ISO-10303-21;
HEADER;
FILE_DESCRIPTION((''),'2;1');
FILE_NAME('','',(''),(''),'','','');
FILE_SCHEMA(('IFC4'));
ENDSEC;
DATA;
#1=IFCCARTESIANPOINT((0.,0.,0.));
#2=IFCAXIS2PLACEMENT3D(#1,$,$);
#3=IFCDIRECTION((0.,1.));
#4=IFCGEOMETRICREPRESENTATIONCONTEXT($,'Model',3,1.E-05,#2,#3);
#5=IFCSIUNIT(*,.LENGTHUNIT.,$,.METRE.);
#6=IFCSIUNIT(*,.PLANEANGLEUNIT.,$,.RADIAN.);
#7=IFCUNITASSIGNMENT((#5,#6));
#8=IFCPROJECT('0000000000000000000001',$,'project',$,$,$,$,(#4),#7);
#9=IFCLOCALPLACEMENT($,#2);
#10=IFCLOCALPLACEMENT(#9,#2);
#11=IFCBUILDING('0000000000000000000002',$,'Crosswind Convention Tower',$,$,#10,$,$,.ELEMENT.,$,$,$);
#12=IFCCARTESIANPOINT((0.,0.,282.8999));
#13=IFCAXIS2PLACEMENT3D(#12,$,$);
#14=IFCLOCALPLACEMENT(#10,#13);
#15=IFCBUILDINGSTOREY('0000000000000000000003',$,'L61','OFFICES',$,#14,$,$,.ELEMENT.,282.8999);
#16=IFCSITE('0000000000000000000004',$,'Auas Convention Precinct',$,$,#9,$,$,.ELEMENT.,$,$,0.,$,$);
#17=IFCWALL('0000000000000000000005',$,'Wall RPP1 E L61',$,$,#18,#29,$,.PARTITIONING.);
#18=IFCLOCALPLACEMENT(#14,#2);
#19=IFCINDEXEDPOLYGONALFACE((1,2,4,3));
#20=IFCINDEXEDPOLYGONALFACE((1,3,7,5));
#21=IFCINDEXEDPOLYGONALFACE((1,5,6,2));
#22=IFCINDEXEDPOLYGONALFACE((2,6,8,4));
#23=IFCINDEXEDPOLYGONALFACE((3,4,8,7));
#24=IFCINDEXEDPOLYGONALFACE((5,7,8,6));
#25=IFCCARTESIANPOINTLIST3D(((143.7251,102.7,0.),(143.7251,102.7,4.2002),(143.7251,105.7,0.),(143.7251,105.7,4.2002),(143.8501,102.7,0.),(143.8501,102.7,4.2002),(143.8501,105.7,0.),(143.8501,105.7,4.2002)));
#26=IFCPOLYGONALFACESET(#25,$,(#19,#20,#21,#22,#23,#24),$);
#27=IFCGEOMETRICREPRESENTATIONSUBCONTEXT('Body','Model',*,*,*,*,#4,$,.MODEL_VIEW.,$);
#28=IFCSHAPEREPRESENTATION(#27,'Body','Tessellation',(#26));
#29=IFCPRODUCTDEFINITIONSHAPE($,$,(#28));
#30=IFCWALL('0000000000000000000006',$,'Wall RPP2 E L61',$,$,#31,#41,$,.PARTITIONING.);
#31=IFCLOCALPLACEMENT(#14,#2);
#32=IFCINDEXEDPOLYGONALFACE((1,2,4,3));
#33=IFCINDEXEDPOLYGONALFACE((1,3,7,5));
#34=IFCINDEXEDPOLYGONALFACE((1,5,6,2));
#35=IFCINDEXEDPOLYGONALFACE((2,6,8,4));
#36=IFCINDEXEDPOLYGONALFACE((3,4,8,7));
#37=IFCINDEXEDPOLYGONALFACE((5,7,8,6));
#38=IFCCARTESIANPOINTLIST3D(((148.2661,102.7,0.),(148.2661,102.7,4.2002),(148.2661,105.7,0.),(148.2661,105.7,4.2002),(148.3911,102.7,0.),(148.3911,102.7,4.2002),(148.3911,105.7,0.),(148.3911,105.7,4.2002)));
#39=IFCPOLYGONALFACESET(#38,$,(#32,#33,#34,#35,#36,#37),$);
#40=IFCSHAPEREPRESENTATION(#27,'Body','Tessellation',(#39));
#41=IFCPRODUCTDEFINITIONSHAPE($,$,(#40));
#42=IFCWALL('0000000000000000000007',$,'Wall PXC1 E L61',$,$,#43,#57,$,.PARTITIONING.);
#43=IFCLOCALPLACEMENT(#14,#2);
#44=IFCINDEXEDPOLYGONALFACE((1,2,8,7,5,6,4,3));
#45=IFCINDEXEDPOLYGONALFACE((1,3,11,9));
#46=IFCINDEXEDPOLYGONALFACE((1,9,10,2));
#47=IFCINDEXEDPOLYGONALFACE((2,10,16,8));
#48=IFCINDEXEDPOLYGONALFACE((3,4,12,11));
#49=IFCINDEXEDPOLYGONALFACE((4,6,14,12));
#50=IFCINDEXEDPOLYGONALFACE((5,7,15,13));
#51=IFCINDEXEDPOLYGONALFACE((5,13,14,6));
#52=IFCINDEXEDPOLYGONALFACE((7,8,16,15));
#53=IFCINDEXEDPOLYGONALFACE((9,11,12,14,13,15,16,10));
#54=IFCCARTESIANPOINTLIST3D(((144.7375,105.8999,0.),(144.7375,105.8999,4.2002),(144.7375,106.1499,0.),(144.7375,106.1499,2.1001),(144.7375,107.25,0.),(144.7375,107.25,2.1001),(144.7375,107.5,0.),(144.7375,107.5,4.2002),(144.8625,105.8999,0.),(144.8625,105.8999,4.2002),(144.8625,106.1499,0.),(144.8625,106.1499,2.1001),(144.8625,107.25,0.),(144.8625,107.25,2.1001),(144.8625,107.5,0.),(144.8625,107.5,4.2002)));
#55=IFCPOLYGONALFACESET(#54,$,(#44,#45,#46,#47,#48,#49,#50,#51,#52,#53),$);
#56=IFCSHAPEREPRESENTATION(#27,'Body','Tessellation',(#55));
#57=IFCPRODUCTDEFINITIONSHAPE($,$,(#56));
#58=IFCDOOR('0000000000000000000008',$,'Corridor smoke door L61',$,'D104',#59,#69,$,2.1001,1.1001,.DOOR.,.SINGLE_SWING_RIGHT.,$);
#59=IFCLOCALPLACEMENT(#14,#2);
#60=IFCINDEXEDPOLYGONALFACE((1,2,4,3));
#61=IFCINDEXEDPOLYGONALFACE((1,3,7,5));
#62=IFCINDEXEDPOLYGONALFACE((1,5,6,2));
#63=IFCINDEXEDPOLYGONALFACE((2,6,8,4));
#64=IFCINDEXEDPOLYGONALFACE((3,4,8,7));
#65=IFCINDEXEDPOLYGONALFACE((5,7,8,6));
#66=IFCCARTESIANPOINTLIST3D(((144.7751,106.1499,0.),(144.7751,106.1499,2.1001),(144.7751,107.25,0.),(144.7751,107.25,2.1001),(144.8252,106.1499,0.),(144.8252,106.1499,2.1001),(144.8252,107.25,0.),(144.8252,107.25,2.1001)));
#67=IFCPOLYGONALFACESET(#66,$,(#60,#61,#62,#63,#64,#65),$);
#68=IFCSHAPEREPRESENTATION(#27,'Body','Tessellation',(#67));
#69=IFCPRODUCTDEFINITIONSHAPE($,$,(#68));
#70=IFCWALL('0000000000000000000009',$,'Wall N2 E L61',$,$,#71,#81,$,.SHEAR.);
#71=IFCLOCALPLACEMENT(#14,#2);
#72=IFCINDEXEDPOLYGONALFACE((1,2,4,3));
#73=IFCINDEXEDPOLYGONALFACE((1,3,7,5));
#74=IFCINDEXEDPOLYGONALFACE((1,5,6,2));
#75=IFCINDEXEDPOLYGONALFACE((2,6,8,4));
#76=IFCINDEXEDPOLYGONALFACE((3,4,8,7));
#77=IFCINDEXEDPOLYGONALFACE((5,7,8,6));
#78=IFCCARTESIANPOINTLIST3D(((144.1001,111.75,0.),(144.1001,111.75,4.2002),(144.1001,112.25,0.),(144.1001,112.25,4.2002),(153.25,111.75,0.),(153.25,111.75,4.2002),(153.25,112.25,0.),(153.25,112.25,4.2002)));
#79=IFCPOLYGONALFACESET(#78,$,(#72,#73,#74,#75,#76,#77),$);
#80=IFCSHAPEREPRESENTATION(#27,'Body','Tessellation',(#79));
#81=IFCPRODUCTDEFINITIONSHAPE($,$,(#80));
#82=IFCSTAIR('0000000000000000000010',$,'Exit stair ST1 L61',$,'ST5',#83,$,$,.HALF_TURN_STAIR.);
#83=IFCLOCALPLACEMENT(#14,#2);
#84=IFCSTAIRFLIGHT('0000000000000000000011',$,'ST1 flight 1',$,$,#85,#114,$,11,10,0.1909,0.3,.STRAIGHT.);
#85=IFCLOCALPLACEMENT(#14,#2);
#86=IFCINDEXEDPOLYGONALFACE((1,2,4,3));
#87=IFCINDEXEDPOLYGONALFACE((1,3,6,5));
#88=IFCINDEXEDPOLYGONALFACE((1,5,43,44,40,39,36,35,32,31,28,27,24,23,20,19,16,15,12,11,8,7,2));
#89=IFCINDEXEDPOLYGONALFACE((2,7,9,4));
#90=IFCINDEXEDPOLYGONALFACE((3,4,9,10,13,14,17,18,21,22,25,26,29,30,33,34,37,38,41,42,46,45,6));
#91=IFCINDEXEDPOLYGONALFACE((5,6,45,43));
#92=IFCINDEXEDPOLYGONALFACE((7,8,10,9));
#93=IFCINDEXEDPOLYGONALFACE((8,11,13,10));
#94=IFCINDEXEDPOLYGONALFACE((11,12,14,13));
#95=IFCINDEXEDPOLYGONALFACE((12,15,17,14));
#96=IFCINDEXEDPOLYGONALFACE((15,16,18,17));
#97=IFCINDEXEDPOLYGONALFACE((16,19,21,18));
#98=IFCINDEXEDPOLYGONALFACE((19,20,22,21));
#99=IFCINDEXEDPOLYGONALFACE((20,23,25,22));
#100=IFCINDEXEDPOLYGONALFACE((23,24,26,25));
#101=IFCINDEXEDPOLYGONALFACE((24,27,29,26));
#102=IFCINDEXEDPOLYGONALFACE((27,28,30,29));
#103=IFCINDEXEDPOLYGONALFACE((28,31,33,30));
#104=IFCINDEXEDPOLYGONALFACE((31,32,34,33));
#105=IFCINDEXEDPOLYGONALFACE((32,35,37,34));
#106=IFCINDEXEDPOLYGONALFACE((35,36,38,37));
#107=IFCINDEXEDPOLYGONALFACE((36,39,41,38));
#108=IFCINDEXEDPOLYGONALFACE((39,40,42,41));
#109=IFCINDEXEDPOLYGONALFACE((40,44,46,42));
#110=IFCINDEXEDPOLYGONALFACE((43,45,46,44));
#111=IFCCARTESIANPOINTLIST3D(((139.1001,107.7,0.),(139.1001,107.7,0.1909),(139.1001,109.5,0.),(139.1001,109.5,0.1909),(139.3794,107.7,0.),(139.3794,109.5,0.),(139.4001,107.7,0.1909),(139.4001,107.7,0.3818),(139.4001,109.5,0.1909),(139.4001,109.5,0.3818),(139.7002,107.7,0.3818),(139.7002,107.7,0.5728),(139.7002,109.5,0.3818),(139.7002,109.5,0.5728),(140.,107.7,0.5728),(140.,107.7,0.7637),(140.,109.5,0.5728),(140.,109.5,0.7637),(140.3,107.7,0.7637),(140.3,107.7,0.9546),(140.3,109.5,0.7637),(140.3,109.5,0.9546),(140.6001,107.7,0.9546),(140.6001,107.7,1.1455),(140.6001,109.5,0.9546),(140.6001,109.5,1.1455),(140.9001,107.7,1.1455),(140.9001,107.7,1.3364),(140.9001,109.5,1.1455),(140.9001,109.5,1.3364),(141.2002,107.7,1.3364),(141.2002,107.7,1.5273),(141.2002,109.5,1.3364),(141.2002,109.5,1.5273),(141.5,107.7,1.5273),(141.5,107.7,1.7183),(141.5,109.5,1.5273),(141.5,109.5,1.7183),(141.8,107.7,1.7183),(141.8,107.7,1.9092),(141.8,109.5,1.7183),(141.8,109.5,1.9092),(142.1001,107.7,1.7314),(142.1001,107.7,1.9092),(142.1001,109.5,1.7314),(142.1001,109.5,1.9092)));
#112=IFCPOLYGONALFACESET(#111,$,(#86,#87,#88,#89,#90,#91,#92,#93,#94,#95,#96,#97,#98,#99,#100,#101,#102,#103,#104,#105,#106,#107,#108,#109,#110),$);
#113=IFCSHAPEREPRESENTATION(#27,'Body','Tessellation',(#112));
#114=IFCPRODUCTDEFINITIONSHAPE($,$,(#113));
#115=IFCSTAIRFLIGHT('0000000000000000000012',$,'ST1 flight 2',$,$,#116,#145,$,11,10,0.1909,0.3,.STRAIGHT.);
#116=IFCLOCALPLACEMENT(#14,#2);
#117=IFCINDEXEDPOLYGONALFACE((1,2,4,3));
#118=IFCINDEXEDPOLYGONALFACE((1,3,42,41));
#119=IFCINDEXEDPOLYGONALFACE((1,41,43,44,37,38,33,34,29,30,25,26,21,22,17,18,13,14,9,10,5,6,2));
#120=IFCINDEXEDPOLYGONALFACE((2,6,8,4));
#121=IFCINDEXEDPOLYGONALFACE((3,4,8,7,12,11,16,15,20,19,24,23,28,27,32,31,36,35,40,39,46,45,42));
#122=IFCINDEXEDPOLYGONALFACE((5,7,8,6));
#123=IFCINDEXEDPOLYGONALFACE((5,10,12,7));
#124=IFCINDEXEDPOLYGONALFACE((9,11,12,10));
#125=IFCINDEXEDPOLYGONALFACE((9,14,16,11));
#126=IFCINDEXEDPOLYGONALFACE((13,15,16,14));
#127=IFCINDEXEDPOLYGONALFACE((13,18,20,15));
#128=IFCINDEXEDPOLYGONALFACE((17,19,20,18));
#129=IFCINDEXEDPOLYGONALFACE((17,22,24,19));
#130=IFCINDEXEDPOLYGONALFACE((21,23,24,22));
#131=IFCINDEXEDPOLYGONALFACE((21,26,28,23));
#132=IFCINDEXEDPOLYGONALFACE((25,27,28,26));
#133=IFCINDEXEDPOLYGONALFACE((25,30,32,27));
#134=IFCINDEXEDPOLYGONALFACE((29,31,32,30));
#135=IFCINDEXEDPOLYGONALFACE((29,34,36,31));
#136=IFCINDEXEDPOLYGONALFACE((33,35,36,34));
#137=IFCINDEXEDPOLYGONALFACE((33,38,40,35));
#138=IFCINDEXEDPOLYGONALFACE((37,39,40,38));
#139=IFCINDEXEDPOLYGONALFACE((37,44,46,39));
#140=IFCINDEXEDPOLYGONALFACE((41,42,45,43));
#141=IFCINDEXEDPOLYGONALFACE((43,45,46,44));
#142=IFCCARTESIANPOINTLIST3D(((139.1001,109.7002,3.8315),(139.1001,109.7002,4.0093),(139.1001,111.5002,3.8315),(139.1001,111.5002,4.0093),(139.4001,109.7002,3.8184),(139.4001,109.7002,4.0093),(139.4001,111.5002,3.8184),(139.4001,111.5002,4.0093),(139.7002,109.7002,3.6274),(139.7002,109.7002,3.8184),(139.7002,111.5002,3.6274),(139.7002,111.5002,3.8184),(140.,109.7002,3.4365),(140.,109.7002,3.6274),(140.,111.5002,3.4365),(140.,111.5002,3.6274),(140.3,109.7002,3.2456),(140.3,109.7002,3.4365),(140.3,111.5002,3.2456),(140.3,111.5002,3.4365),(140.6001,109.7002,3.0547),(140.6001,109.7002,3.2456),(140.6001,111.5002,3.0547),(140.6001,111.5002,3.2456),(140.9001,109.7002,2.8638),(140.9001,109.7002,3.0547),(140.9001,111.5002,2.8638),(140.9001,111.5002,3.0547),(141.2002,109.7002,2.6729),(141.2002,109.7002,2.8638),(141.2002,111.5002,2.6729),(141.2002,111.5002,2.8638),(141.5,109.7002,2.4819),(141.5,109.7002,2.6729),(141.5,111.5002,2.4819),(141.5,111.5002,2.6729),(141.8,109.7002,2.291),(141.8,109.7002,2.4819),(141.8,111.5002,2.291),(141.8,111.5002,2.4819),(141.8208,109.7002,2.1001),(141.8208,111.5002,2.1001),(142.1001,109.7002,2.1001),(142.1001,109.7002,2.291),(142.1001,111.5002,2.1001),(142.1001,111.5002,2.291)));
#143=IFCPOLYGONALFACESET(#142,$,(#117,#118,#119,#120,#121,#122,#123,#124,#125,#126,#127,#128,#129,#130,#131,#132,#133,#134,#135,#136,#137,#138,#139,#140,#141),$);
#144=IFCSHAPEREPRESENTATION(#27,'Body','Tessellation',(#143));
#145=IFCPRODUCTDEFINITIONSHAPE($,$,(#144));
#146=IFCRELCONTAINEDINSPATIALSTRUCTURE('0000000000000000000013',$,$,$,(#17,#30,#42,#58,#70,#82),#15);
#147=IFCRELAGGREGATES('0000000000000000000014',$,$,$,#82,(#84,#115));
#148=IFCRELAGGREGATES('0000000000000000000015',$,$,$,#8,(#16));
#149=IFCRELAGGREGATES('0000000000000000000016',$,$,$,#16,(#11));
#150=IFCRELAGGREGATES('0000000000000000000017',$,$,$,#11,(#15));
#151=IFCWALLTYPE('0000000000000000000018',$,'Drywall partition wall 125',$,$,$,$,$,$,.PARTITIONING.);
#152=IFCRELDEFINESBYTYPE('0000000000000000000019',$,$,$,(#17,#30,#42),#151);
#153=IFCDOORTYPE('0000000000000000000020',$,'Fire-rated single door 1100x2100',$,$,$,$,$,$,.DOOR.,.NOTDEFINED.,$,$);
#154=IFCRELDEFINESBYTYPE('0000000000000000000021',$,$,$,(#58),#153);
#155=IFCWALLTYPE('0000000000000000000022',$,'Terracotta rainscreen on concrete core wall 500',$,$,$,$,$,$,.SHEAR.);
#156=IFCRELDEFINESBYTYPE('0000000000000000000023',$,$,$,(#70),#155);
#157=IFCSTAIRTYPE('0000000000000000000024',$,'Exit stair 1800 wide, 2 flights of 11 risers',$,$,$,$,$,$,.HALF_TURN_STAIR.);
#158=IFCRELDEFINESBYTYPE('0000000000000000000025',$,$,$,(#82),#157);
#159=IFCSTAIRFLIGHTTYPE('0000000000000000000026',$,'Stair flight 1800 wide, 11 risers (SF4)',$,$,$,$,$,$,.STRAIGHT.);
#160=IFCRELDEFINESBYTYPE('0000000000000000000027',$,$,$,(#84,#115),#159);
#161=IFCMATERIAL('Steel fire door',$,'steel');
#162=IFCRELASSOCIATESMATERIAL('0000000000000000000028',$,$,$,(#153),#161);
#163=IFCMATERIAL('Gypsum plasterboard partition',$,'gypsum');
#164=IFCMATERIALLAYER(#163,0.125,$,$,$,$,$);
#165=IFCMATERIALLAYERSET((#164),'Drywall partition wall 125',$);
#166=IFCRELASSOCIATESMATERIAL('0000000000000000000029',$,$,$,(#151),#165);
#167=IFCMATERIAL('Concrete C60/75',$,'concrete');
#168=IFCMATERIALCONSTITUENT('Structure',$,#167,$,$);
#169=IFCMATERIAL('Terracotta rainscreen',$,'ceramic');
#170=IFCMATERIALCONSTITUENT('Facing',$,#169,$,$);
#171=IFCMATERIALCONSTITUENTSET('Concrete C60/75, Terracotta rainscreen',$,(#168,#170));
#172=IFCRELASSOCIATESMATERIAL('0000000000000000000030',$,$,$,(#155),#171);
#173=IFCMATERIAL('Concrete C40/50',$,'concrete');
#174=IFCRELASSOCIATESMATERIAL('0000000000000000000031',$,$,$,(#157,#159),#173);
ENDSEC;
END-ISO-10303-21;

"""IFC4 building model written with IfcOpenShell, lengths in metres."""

from ifc_helpers import new_model, si_unit, direction, frame, frame_2d, origin, place, context, subcontext, project, spatial, polyline, rectangle, outline, extrude, material, layer, layer_set, constituent, constituent_set, type_object, element, fill, aggregate, save


model = new_model("IFC4")

# Units and contexts
model_context = context("Model", 3, precision=1e-05, world=origin(), true_north=direction((0.0, 1.0)))
body_context = subcontext(model_context, "Body", "Model", "MODEL_VIEW")
ifc_project = project(units=[si_unit("LENGTHUNIT", "METRE"), si_unit("PLANEANGLEUNIT", "RADIAN")], contexts=[model_context])

# Site, building, storey
site_placement = place(None, origin())
site = spatial("IfcSite", under=ifc_project, at=site_placement, Name="Auas Convention Precinct", CompositionType="ELEMENT", RefElevation=0.0)
building_placement = place(site_placement, origin())
building = spatial("IfcBuilding", under=site, at=building_placement, Name="Crosswind Convention Tower", CompositionType="ELEMENT")
storey_placement = place(building_placement, frame((0.0, 0.0, 282.8999)))
storey = spatial("IfcBuildingStorey", under=building, at=storey_placement, Name="L61", Description="OFFICES", CompositionType="ELEMENT", Elevation=282.8999)

# Shared definitions
ifc_material_1 = material(Name="Steel fire door", Category="steel")
door_type_1 = type_object("IfcDoorType", Name="Fire-rated single door 1100x2100", OperationType="NOTDEFINED", PredefinedType="DOOR", material=ifc_material_1)

# Walls
ifc_material_2 = material(Name="Gypsum plasterboard partition", Category="gypsum")
ifc_layer_1 = layer(ifc_material_2, 0.125)
ifc_layer_set_1 = layer_set([ifc_layer_1], Name="Drywall partition wall 125")
wall_type_1 = type_object("IfcWallType", Name="Drywall partition wall 125", PredefinedType="PARTITIONING", material=ifc_layer_set_1)
for number, where, z_axis, x_axis, name in (
    (1, (143.7876, 102.7, 0.0), (0.0, 0.0, 1.0), (0.0, 1.0, 0.0), "Wall RPP1 E L61"),
    (2, (148.3286, 102.7, 0.0), (0.0, 0.0, 1.0), (0.0, 1.0, 0.0), "Wall RPP2 E L61"),
):
    element("IfcWall", number, at=place(storey_placement, frame(where, z_axis=z_axis, x_axis=x_axis)), inside=storey, type_object=wall_type_1, Name=name, PredefinedType="PARTITIONING", context=body_context, shape_type="SweptSolid", body=[
        extrude(rectangle(XDim=3.0, YDim=0.125, at=frame_2d((1.5, 0.0))), origin(), (0.0, 0.0, 1.0), 4.2002),
    ])

# Wall, opening, door
wall_1_placement = place(storey_placement, frame((144.8, 105.8999, 0.0), z_axis=(0.0, 0.0, 1.0), x_axis=(0.0, 1.0, 0.0)))
wall_1 = element("IfcWall", 3, at=wall_1_placement, inside=storey, type_object=wall_type_1, Name="Wall PXC1 E L61", PredefinedType="PARTITIONING", context=body_context, shape_type="SweptSolid", body=[
    extrude(rectangle(XDim=1.6001, YDim=0.125, at=frame_2d((0.8, 0.0))), origin(), (0.0, 0.0, 1.0), 4.2002),
])
opening_1_placement = place(wall_1_placement, frame((0.25, 0.0, 0.0)))
opening_1 = element("IfcOpeningElement", 4, at=opening_1_placement, cuts=wall_1, PredefinedType="OPENING", context=body_context, shape_type="SweptSolid", body=[
    extrude(rectangle(XDim=1.1001, YDim=2.1001, at=frame_2d((0.55, 1.05))), frame((0.0, 0.0725, 0.0), z_axis=(0.0, -1.0, 0.0), x_axis=(1.0, 0.0, 0.0)), (0.0, 0.0, 1.0), 0.145),
])
door_1_placement = place(opening_1_placement, origin())
door_1 = element("IfcDoor", 5, at=door_1_placement, inside=storey, type_object=door_type_1, Name="Corridor smoke door L61", ObjectType="D104", OperationType="SINGLE_SWING_RIGHT", OverallHeight=2.1001, OverallWidth=1.1001, PredefinedType="DOOR", context=body_context, shape_type="SweptSolid", body=[
    extrude(rectangle(XDim=1.1001, YDim=2.1001, at=frame_2d((0.55, 1.05))), frame((0.0, 0.0249, 0.0), z_axis=(0.0, -1.0, 0.0), x_axis=(1.0, 0.0, 0.0)), (0.0, 0.0, 1.0), 0.05),
])
fill(opening_1, door_1)

# Wall
ifc_material_3 = material(Name="Concrete C60/75", Category="concrete")
ifc_constituent_1 = constituent(ifc_material_3, Name="Structure")
ifc_material_4 = material(Name="Terracotta rainscreen", Category="ceramic")
ifc_constituent_2 = constituent(ifc_material_4, Name="Facing")
ifc_constituent_set = constituent_set(constituents=[ifc_constituent_1, ifc_constituent_2], Name="Concrete C60/75, Terracotta rainscreen")
wall_type_2 = type_object("IfcWallType", Name="Terracotta rainscreen on concrete core wall 500", PredefinedType="SHEAR", material=ifc_constituent_set)
wall_2_placement = place(storey_placement, frame((144.1001, 112.0, 0.0), z_axis=(0.0, 0.0, 1.0), x_axis=(1.0, 0.0, 0.0)))
element("IfcWall", 6, at=wall_2_placement, inside=storey, type_object=wall_type_2, Name="Wall N2 E L61", PredefinedType="SHEAR", context=body_context, shape_type="SweptSolid", body=[
    extrude(rectangle(XDim=9.1499, YDim=0.5, at=frame_2d((4.575, 0.0))), origin(), (0.0, 0.0, 1.0), 4.2002),
])

# Stair, stair flights
ifc_material_5 = material(Name="Concrete C40/50", Category="concrete")
stair_type = type_object("IfcStairType", Name="Exit stair 1800 wide, 2 flights of 11 risers", PredefinedType="HALF_TURN_STAIR", material=ifc_material_5)
stair_placement = place(storey_placement, origin())
stair = element("IfcStair", 7, at=stair_placement, inside=storey, type_object=stair_type, Name="Exit stair ST1 L61", ObjectType="ST5", PredefinedType="HALF_TURN_STAIR")
stair_flight_type = type_object("IfcStairFlightType", Name="Stair flight 1800 wide, 11 risers (SF4)", PredefinedType="STRAIGHT", material=ifc_material_5)
stair_flight_1_placement = place(storey_placement, frame((139.1001, 108.6001, 0.0), z_axis=(0.0, 0.0, 1.0), x_axis=(1.0, 0.0, 0.0)))
stair_flight_1 = element("IfcStairFlight", 8, at=stair_flight_1_placement, type_object=stair_flight_type, Name="ST1 flight 1", NumberOfRisers=11, NumberOfTreads=10, PredefinedType="STRAIGHT", RiserHeight=0.1909, TreadLength=0.3, context=body_context, shape_type="SweptSolid", body=[
    extrude(outline(polyline([(0.0, 0.0), (0.0, 0.1909), (0.3, 0.1909), (0.3, 0.3818), (0.6001, 0.3818), (0.6001, 0.5728), (0.8999, 0.5728), (0.8999, 0.7637), (1.2, 0.7637), (1.2, 0.9546), (1.5, 0.9546), (1.5, 1.1455), (1.8, 1.1455), (1.8, 1.3364), (2.1001, 1.3364), (2.1001, 1.5273), (2.3999, 1.5273), (2.3999, 1.7183), (2.7, 1.7183), (2.7, 1.9092), (3.0, 1.9092), (3.0, 2.1001), (3.0, 1.7314), (0.2793, 0.0), (0.0, 0.0)])), frame((0.0, 0.8999, 0.0), z_axis=(0.0, -1.0, 0.0), x_axis=(1.0, 0.0, 0.0)), (0.0, 0.0, 1.0), 1.8),
])
stair_flight_2_placement = place(storey_placement, frame((142.1001, 110.6001, 2.1001), z_axis=(0.0, 0.0, 1.0), x_axis=(-1.0, 0.0, 0.0)))
stair_flight_2 = element("IfcStairFlight", 9, at=stair_flight_2_placement, type_object=stair_flight_type, Name="ST1 flight 2", NumberOfRisers=11, NumberOfTreads=10, PredefinedType="STRAIGHT", RiserHeight=0.1909, TreadLength=0.3, context=body_context, shape_type="SweptSolid", body=[
    extrude(outline(polyline([(0.0, 0.0), (0.0, 0.1909), (0.3, 0.1909), (0.3, 0.3818), (0.6001, 0.3818), (0.6001, 0.5728), (0.8999, 0.5728), (0.8999, 0.7637), (1.2, 0.7637), (1.2, 0.9546), (1.5, 0.9546), (1.5, 1.1455), (1.8, 1.1455), (1.8, 1.3364), (2.1001, 1.3364), (2.1001, 1.5273), (2.3999, 1.5273), (2.3999, 1.7183), (2.7, 1.7183), (2.7, 1.9092), (3.0, 1.9092), (3.0, 2.1001), (3.0, 1.7314), (0.2793, 0.0), (0.0, 0.0)])), frame((0.0, 0.8999, 0.0), z_axis=(0.0, -1.0, 0.0), x_axis=(1.0, 0.0, 0.0)), (0.0, 0.0, 1.0), 1.8),
])
aggregate(stair, [stair_flight_1, stair_flight_2])

save(model, "model.ifc")
